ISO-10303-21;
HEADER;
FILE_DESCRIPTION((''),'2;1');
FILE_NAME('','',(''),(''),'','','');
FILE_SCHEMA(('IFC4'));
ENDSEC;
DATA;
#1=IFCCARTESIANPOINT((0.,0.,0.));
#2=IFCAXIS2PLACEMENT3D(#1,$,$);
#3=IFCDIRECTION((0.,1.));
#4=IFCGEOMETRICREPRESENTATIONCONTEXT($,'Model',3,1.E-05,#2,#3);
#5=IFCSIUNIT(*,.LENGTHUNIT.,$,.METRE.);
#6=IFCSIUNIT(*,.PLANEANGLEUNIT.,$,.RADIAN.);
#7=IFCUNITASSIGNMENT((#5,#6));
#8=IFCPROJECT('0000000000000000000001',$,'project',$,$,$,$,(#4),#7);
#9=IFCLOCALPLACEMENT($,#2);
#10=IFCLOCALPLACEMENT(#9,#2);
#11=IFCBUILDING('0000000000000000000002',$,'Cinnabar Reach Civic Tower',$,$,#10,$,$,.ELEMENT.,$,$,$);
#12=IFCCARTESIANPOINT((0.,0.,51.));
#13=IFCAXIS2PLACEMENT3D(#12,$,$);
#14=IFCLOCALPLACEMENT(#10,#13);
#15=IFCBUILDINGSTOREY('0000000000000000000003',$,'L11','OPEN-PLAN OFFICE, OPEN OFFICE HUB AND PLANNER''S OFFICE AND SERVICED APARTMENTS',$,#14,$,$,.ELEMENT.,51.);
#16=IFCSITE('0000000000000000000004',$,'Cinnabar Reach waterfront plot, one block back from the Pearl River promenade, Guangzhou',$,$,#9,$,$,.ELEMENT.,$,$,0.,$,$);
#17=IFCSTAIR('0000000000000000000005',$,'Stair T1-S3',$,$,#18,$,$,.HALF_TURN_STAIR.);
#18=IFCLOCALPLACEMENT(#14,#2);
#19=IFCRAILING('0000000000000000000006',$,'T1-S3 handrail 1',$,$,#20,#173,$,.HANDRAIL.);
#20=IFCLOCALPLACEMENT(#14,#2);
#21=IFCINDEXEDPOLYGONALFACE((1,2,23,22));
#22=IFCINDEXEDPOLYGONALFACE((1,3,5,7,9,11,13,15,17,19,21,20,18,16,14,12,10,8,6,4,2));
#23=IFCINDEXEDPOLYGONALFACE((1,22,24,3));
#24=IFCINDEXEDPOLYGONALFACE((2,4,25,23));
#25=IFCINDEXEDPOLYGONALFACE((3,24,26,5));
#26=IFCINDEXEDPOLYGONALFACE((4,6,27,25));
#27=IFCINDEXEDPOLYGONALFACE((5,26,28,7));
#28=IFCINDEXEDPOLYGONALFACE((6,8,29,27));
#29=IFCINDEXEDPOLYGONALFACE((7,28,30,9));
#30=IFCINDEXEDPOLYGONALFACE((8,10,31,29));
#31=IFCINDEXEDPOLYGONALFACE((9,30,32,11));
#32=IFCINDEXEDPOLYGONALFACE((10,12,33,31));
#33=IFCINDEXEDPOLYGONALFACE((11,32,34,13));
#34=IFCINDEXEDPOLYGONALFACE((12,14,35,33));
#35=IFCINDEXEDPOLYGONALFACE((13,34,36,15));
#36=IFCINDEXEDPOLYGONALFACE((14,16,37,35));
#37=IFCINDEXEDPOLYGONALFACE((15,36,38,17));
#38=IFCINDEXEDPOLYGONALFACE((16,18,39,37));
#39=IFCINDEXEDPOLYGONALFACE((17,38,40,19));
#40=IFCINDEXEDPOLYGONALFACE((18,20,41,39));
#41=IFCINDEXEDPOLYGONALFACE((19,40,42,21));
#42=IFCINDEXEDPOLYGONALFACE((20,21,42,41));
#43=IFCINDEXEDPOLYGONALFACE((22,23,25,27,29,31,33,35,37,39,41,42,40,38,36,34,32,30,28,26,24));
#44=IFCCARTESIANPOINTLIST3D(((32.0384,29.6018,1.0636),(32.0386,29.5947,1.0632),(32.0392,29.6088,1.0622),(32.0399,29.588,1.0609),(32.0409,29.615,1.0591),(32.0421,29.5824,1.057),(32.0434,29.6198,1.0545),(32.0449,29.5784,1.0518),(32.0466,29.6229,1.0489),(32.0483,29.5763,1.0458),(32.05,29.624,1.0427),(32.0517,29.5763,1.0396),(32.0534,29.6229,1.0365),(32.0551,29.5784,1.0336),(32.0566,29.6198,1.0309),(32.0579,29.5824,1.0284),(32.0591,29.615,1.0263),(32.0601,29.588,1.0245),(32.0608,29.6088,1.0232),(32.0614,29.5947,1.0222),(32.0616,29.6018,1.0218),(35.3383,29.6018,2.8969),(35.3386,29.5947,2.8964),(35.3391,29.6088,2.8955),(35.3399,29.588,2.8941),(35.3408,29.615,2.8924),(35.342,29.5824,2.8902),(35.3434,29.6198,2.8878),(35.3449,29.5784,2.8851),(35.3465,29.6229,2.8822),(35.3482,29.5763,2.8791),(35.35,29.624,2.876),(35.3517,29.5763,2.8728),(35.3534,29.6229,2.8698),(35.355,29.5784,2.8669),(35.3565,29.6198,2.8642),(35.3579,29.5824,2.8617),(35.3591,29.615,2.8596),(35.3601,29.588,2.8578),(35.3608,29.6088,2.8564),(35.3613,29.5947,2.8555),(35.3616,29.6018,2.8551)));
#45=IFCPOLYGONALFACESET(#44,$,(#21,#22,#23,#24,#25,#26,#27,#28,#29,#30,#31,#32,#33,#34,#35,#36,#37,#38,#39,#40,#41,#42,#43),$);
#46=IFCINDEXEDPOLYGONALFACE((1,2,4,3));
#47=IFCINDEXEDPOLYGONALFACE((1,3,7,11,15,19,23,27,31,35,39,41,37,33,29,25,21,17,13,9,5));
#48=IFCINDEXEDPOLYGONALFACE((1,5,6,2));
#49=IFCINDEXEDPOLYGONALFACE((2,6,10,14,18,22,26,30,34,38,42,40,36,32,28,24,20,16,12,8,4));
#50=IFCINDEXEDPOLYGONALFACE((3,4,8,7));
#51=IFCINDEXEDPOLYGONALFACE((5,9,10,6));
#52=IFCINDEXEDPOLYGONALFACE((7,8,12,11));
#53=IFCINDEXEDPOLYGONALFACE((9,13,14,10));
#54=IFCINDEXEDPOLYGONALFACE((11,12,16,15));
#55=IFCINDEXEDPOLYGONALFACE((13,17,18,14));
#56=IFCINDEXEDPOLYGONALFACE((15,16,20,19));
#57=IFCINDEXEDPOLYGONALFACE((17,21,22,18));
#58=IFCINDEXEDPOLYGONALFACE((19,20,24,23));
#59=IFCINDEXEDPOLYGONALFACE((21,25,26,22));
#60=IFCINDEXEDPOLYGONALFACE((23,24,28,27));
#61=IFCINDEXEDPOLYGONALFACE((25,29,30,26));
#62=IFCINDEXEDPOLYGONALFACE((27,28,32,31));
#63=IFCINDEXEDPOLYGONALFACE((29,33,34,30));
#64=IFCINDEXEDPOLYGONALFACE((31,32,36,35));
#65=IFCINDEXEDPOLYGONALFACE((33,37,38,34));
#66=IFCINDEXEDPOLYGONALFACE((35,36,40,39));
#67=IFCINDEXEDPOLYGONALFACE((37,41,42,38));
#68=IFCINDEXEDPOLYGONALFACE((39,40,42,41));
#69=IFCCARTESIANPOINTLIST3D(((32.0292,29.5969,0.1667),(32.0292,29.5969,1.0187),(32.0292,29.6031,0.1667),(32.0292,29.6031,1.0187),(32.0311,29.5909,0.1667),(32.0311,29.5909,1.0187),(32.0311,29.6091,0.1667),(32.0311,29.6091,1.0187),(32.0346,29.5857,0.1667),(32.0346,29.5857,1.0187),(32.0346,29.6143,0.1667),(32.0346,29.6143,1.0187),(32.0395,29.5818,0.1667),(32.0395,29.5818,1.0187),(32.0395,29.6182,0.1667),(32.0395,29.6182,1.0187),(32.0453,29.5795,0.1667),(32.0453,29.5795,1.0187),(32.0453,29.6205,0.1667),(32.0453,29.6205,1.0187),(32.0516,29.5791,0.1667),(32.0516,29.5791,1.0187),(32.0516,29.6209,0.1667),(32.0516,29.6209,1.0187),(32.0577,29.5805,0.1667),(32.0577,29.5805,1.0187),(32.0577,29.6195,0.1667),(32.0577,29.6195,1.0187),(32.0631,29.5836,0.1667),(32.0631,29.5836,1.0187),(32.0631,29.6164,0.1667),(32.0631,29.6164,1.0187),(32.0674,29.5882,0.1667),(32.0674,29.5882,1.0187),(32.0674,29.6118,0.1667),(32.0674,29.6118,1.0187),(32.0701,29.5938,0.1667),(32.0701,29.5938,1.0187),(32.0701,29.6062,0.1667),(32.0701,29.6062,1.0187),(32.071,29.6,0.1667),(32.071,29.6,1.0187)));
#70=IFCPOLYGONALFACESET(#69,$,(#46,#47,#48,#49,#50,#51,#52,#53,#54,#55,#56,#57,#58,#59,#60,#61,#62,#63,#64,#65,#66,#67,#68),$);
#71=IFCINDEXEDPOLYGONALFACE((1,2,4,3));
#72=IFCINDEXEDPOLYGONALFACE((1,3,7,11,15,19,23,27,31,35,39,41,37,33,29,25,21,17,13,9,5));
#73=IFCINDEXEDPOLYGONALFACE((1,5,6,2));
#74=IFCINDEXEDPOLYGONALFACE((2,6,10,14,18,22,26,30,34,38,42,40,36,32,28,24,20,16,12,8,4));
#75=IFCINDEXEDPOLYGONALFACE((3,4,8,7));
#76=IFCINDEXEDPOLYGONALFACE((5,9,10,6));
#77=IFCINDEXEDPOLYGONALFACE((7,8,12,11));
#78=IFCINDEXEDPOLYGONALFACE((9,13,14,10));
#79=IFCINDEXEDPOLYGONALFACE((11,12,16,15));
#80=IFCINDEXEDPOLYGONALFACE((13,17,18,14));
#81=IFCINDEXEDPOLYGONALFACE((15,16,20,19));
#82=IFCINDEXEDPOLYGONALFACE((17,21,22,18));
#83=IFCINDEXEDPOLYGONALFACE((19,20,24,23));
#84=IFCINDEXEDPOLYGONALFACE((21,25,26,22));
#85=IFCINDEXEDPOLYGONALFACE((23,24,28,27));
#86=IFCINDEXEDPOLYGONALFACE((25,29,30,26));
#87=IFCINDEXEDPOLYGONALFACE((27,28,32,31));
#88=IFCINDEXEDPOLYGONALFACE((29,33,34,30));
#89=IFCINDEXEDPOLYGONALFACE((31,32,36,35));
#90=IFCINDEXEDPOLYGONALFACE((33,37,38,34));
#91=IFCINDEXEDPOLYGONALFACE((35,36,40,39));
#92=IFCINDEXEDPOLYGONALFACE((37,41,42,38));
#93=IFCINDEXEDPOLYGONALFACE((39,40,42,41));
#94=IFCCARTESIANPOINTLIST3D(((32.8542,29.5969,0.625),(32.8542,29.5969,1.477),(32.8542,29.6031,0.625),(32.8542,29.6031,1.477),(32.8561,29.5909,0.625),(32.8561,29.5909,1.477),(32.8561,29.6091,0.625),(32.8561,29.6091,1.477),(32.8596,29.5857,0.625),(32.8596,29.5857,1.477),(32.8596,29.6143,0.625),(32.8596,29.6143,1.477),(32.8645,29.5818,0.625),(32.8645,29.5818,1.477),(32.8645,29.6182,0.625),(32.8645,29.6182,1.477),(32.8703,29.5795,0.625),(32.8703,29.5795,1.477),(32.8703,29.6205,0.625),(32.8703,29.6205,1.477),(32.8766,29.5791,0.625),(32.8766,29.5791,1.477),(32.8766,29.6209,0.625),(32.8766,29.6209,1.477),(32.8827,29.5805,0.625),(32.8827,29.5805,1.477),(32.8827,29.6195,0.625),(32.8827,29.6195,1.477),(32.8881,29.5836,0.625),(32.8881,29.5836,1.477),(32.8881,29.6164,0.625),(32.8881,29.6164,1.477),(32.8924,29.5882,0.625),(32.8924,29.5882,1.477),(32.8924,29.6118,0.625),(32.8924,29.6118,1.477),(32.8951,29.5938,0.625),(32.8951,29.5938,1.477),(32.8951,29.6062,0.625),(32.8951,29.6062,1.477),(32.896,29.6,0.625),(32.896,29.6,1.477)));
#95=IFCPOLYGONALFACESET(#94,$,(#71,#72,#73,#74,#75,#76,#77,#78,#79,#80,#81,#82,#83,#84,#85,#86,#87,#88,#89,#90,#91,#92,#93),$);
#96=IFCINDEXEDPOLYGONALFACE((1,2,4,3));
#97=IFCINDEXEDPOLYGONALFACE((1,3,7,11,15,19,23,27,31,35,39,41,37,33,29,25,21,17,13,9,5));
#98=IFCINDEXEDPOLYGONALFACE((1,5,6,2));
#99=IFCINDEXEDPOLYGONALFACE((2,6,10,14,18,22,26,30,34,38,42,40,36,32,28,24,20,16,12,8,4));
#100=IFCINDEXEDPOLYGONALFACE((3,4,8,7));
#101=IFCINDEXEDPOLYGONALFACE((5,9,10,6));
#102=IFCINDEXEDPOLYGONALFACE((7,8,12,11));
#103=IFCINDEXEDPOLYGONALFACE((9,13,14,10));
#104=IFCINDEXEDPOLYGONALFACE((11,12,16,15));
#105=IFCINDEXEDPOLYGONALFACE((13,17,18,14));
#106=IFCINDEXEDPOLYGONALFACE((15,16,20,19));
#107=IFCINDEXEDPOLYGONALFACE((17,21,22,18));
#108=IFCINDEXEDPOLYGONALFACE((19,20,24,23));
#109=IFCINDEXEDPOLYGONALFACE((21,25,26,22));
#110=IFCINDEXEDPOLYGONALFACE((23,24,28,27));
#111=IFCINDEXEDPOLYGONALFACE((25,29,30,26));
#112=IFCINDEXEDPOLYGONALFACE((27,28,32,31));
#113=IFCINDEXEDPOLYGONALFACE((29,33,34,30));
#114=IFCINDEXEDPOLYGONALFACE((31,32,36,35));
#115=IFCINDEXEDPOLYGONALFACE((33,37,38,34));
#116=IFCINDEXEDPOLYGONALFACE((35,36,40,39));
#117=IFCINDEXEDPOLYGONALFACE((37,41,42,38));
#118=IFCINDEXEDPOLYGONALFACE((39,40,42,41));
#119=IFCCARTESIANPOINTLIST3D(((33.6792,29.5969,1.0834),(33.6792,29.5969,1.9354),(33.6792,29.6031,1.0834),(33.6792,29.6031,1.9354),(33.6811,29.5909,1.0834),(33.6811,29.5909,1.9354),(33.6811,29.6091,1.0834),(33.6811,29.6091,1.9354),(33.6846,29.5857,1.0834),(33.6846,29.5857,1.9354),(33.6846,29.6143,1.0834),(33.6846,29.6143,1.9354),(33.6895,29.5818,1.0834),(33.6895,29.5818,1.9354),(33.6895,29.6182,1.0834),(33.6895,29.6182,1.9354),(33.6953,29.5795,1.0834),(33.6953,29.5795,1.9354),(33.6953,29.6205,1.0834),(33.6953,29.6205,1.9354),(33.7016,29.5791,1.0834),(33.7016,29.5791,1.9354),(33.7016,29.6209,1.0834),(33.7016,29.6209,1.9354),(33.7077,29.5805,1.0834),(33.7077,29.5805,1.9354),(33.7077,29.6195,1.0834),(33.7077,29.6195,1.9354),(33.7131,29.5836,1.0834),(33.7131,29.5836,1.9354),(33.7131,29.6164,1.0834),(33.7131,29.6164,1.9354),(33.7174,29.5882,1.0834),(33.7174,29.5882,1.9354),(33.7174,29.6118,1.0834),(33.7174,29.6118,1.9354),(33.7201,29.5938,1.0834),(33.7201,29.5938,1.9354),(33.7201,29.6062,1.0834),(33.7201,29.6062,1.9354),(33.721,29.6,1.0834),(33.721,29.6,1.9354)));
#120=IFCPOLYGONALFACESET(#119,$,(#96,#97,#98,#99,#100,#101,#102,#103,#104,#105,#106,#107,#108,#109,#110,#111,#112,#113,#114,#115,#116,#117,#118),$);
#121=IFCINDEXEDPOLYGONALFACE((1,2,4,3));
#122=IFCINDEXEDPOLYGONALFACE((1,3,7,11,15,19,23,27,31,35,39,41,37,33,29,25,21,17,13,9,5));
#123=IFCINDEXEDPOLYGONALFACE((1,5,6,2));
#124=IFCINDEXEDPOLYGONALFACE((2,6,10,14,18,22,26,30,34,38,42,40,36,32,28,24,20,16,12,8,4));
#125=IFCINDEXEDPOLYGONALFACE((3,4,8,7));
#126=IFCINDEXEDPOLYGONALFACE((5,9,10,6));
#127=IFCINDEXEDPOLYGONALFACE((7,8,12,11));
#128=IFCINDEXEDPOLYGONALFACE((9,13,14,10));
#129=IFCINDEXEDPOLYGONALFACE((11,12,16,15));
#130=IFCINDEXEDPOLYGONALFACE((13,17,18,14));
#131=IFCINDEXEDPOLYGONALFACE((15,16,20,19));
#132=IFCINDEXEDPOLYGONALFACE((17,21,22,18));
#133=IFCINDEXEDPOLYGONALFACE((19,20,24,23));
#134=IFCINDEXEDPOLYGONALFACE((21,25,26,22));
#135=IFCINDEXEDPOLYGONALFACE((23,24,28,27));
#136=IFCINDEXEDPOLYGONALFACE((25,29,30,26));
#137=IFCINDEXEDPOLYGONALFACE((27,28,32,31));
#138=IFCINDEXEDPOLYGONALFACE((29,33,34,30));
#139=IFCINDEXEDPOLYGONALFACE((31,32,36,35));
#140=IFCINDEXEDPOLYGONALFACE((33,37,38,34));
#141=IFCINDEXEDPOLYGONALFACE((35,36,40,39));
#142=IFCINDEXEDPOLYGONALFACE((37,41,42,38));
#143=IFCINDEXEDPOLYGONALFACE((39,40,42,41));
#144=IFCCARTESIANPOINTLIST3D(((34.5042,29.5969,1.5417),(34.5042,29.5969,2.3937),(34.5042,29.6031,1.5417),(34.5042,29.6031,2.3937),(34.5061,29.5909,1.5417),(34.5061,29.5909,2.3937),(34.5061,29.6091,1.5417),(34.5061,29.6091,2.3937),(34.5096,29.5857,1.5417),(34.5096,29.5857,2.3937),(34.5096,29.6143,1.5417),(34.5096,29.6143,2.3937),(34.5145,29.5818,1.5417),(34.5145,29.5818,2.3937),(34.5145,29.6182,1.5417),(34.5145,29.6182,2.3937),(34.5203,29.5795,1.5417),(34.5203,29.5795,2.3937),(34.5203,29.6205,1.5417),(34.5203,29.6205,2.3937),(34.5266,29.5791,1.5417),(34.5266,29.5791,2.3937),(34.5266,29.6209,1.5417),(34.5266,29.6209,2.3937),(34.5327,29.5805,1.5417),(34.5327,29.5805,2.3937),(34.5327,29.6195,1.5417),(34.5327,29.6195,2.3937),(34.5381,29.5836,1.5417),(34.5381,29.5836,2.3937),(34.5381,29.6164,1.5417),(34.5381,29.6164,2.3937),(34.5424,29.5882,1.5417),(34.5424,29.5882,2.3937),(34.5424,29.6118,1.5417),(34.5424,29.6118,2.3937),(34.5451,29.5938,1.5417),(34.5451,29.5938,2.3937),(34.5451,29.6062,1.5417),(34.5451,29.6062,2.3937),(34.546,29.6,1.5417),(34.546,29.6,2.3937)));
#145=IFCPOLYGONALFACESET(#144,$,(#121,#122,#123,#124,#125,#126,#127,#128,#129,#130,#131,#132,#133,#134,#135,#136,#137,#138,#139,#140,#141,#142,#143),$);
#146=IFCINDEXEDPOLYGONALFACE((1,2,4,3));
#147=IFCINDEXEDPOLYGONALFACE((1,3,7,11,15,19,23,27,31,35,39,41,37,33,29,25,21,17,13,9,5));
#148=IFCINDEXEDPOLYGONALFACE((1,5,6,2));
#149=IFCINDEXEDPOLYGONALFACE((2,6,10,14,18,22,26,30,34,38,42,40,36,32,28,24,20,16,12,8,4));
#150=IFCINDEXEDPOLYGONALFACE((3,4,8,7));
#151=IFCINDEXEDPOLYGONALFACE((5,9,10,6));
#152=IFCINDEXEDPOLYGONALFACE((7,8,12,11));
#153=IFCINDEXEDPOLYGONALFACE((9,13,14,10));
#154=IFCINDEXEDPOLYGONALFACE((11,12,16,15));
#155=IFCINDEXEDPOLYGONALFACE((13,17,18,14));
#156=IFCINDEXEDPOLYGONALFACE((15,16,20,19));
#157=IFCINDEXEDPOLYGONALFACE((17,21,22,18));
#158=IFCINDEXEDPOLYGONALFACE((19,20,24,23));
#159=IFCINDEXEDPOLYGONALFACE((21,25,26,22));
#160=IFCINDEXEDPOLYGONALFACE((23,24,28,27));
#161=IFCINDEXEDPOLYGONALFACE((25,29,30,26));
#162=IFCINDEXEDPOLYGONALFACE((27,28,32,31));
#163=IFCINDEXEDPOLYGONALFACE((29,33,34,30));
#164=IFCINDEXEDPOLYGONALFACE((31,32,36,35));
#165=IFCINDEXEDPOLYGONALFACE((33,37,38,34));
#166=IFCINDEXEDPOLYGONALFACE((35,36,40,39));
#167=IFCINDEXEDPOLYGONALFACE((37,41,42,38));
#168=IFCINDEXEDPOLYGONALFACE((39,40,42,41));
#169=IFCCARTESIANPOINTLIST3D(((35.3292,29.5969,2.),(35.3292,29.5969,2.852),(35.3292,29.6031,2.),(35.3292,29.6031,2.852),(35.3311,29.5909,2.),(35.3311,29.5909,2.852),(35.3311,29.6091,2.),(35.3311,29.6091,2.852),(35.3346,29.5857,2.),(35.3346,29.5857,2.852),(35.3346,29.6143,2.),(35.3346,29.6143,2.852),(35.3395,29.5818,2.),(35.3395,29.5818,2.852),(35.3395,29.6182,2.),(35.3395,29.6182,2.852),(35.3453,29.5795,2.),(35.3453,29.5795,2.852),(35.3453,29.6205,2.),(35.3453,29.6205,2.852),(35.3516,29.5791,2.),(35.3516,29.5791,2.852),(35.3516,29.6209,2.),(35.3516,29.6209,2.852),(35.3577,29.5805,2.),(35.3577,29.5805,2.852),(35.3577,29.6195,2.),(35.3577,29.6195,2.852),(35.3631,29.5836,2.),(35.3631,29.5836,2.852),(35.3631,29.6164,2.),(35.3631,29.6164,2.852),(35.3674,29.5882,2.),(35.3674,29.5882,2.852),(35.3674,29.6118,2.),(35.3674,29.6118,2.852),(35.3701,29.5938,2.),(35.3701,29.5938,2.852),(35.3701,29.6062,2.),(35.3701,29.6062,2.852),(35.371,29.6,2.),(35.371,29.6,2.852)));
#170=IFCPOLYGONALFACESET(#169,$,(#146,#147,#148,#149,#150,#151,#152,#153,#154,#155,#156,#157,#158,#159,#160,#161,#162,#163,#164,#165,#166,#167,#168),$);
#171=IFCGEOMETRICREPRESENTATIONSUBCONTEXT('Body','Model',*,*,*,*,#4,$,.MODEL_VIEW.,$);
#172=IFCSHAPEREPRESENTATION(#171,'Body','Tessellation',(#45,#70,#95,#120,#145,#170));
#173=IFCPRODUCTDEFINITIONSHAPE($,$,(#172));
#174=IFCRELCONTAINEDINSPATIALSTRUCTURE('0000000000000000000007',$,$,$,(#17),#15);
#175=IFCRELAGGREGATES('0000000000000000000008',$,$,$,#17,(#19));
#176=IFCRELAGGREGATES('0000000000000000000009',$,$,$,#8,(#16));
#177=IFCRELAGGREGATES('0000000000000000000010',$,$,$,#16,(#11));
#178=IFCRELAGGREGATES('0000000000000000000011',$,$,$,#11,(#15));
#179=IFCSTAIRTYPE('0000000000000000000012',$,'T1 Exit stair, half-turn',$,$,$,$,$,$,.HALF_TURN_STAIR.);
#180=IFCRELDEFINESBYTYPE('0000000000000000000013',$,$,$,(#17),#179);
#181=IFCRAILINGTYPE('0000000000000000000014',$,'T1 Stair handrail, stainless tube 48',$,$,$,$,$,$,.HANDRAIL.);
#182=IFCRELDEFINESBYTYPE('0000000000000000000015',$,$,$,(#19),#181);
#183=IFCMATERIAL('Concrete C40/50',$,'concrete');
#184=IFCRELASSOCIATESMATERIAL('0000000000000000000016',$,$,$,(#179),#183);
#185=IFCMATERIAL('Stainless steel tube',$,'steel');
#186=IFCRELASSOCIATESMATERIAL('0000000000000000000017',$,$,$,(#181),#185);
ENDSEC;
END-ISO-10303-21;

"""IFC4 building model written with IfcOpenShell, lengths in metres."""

from ifc_helpers import new_model, si_unit, direction, frame, origin, origin_2d, place, context, subcontext, project, spatial, circle, extrude, material, type_object, element, aggregate, save


model = new_model("IFC4")

# Units and contexts
model_context = context("Model", 3, precision=1e-05, world=origin(), true_north=direction((0.0, 1.0)))
body_context = subcontext(model_context, "Body", "Model", "MODEL_VIEW")
ifc_project = project(units=[si_unit("LENGTHUNIT", "METRE"), si_unit("PLANEANGLEUNIT", "RADIAN")], contexts=[model_context])

# Site, building, storey
site_placement = place(None, origin())
site = spatial("IfcSite", under=ifc_project, at=site_placement, Name="Cinnabar Reach waterfront plot, one block back from the Pearl River promenade, Guangzhou", CompositionType="ELEMENT", RefElevation=0.0)
building_placement = place(site_placement, origin())
building = spatial("IfcBuilding", under=site, at=building_placement, Name="Cinnabar Reach Civic Tower", CompositionType="ELEMENT")
storey_placement = place(building_placement, frame((0.0, 0.0, 51.0)))
storey = spatial("IfcBuildingStorey", under=building, at=storey_placement, Name="L11", Description="OPEN-PLAN OFFICE, OPEN OFFICE HUB AND PLANNER'S OFFICE AND SERVICED APARTMENTS", CompositionType="ELEMENT", Elevation=51.0)

# Stair, railing
ifc_material_1 = material(Name="Concrete C40/50", Category="concrete")
stair_type = type_object("IfcStairType", Name="T1 Exit stair, half-turn", PredefinedType="HALF_TURN_STAIR", material=ifc_material_1)
stair_placement = place(storey_placement, origin())
stair = element("IfcStair", 1, at=stair_placement, inside=storey, type_object=stair_type, Name="Stair T1-S3", PredefinedType="HALF_TURN_STAIR")
ifc_material_2 = material(Name="Stainless steel tube", Category="steel")
railing_type = type_object("IfcRailingType", Name="T1 Stair handrail, stainless tube 48", PredefinedType="HANDRAIL", material=ifc_material_2)
railing_placement = place(storey_placement, frame((32.05, 29.6, 0.1667)))
railing = element("IfcRailing", 2, at=railing_placement, type_object=railing_type, Name="T1-S3 handrail 1", PredefinedType="HANDRAIL", context=body_context, shape_type="SweptSolid", body=[
    extrude(circle(Radius=0.024, at=origin_2d()), frame((0.0, 0.0, 0.876), z_axis=(0.874161, 0.0, 0.485636), x_axis=(0.0, 1.0, 0.0)), (0.0, 0.0, 1.0), 3.775),
    extrude(circle(Radius=0.021, at=origin_2d()), origin(), (0.0, 0.0, 1.0), 0.852),
    extrude(circle(Radius=0.021, at=origin_2d()), frame((0.825, 0.0, 0.4583)), (0.0, 0.0, 1.0), 0.852),
    extrude(circle(Radius=0.021, at=origin_2d()), frame((1.65, 0.0, 0.9167)), (0.0, 0.0, 1.0), 0.852),
    extrude(circle(Radius=0.021, at=origin_2d()), frame((2.475, 0.0, 1.375)), (0.0, 0.0, 1.0), 0.852),
    extrude(circle(Radius=0.021, at=origin_2d()), frame((3.3, 0.0, 1.8333)), (0.0, 0.0, 1.0), 0.852),
])
aggregate(stair, [railing])

save(model, "model.ifc")
